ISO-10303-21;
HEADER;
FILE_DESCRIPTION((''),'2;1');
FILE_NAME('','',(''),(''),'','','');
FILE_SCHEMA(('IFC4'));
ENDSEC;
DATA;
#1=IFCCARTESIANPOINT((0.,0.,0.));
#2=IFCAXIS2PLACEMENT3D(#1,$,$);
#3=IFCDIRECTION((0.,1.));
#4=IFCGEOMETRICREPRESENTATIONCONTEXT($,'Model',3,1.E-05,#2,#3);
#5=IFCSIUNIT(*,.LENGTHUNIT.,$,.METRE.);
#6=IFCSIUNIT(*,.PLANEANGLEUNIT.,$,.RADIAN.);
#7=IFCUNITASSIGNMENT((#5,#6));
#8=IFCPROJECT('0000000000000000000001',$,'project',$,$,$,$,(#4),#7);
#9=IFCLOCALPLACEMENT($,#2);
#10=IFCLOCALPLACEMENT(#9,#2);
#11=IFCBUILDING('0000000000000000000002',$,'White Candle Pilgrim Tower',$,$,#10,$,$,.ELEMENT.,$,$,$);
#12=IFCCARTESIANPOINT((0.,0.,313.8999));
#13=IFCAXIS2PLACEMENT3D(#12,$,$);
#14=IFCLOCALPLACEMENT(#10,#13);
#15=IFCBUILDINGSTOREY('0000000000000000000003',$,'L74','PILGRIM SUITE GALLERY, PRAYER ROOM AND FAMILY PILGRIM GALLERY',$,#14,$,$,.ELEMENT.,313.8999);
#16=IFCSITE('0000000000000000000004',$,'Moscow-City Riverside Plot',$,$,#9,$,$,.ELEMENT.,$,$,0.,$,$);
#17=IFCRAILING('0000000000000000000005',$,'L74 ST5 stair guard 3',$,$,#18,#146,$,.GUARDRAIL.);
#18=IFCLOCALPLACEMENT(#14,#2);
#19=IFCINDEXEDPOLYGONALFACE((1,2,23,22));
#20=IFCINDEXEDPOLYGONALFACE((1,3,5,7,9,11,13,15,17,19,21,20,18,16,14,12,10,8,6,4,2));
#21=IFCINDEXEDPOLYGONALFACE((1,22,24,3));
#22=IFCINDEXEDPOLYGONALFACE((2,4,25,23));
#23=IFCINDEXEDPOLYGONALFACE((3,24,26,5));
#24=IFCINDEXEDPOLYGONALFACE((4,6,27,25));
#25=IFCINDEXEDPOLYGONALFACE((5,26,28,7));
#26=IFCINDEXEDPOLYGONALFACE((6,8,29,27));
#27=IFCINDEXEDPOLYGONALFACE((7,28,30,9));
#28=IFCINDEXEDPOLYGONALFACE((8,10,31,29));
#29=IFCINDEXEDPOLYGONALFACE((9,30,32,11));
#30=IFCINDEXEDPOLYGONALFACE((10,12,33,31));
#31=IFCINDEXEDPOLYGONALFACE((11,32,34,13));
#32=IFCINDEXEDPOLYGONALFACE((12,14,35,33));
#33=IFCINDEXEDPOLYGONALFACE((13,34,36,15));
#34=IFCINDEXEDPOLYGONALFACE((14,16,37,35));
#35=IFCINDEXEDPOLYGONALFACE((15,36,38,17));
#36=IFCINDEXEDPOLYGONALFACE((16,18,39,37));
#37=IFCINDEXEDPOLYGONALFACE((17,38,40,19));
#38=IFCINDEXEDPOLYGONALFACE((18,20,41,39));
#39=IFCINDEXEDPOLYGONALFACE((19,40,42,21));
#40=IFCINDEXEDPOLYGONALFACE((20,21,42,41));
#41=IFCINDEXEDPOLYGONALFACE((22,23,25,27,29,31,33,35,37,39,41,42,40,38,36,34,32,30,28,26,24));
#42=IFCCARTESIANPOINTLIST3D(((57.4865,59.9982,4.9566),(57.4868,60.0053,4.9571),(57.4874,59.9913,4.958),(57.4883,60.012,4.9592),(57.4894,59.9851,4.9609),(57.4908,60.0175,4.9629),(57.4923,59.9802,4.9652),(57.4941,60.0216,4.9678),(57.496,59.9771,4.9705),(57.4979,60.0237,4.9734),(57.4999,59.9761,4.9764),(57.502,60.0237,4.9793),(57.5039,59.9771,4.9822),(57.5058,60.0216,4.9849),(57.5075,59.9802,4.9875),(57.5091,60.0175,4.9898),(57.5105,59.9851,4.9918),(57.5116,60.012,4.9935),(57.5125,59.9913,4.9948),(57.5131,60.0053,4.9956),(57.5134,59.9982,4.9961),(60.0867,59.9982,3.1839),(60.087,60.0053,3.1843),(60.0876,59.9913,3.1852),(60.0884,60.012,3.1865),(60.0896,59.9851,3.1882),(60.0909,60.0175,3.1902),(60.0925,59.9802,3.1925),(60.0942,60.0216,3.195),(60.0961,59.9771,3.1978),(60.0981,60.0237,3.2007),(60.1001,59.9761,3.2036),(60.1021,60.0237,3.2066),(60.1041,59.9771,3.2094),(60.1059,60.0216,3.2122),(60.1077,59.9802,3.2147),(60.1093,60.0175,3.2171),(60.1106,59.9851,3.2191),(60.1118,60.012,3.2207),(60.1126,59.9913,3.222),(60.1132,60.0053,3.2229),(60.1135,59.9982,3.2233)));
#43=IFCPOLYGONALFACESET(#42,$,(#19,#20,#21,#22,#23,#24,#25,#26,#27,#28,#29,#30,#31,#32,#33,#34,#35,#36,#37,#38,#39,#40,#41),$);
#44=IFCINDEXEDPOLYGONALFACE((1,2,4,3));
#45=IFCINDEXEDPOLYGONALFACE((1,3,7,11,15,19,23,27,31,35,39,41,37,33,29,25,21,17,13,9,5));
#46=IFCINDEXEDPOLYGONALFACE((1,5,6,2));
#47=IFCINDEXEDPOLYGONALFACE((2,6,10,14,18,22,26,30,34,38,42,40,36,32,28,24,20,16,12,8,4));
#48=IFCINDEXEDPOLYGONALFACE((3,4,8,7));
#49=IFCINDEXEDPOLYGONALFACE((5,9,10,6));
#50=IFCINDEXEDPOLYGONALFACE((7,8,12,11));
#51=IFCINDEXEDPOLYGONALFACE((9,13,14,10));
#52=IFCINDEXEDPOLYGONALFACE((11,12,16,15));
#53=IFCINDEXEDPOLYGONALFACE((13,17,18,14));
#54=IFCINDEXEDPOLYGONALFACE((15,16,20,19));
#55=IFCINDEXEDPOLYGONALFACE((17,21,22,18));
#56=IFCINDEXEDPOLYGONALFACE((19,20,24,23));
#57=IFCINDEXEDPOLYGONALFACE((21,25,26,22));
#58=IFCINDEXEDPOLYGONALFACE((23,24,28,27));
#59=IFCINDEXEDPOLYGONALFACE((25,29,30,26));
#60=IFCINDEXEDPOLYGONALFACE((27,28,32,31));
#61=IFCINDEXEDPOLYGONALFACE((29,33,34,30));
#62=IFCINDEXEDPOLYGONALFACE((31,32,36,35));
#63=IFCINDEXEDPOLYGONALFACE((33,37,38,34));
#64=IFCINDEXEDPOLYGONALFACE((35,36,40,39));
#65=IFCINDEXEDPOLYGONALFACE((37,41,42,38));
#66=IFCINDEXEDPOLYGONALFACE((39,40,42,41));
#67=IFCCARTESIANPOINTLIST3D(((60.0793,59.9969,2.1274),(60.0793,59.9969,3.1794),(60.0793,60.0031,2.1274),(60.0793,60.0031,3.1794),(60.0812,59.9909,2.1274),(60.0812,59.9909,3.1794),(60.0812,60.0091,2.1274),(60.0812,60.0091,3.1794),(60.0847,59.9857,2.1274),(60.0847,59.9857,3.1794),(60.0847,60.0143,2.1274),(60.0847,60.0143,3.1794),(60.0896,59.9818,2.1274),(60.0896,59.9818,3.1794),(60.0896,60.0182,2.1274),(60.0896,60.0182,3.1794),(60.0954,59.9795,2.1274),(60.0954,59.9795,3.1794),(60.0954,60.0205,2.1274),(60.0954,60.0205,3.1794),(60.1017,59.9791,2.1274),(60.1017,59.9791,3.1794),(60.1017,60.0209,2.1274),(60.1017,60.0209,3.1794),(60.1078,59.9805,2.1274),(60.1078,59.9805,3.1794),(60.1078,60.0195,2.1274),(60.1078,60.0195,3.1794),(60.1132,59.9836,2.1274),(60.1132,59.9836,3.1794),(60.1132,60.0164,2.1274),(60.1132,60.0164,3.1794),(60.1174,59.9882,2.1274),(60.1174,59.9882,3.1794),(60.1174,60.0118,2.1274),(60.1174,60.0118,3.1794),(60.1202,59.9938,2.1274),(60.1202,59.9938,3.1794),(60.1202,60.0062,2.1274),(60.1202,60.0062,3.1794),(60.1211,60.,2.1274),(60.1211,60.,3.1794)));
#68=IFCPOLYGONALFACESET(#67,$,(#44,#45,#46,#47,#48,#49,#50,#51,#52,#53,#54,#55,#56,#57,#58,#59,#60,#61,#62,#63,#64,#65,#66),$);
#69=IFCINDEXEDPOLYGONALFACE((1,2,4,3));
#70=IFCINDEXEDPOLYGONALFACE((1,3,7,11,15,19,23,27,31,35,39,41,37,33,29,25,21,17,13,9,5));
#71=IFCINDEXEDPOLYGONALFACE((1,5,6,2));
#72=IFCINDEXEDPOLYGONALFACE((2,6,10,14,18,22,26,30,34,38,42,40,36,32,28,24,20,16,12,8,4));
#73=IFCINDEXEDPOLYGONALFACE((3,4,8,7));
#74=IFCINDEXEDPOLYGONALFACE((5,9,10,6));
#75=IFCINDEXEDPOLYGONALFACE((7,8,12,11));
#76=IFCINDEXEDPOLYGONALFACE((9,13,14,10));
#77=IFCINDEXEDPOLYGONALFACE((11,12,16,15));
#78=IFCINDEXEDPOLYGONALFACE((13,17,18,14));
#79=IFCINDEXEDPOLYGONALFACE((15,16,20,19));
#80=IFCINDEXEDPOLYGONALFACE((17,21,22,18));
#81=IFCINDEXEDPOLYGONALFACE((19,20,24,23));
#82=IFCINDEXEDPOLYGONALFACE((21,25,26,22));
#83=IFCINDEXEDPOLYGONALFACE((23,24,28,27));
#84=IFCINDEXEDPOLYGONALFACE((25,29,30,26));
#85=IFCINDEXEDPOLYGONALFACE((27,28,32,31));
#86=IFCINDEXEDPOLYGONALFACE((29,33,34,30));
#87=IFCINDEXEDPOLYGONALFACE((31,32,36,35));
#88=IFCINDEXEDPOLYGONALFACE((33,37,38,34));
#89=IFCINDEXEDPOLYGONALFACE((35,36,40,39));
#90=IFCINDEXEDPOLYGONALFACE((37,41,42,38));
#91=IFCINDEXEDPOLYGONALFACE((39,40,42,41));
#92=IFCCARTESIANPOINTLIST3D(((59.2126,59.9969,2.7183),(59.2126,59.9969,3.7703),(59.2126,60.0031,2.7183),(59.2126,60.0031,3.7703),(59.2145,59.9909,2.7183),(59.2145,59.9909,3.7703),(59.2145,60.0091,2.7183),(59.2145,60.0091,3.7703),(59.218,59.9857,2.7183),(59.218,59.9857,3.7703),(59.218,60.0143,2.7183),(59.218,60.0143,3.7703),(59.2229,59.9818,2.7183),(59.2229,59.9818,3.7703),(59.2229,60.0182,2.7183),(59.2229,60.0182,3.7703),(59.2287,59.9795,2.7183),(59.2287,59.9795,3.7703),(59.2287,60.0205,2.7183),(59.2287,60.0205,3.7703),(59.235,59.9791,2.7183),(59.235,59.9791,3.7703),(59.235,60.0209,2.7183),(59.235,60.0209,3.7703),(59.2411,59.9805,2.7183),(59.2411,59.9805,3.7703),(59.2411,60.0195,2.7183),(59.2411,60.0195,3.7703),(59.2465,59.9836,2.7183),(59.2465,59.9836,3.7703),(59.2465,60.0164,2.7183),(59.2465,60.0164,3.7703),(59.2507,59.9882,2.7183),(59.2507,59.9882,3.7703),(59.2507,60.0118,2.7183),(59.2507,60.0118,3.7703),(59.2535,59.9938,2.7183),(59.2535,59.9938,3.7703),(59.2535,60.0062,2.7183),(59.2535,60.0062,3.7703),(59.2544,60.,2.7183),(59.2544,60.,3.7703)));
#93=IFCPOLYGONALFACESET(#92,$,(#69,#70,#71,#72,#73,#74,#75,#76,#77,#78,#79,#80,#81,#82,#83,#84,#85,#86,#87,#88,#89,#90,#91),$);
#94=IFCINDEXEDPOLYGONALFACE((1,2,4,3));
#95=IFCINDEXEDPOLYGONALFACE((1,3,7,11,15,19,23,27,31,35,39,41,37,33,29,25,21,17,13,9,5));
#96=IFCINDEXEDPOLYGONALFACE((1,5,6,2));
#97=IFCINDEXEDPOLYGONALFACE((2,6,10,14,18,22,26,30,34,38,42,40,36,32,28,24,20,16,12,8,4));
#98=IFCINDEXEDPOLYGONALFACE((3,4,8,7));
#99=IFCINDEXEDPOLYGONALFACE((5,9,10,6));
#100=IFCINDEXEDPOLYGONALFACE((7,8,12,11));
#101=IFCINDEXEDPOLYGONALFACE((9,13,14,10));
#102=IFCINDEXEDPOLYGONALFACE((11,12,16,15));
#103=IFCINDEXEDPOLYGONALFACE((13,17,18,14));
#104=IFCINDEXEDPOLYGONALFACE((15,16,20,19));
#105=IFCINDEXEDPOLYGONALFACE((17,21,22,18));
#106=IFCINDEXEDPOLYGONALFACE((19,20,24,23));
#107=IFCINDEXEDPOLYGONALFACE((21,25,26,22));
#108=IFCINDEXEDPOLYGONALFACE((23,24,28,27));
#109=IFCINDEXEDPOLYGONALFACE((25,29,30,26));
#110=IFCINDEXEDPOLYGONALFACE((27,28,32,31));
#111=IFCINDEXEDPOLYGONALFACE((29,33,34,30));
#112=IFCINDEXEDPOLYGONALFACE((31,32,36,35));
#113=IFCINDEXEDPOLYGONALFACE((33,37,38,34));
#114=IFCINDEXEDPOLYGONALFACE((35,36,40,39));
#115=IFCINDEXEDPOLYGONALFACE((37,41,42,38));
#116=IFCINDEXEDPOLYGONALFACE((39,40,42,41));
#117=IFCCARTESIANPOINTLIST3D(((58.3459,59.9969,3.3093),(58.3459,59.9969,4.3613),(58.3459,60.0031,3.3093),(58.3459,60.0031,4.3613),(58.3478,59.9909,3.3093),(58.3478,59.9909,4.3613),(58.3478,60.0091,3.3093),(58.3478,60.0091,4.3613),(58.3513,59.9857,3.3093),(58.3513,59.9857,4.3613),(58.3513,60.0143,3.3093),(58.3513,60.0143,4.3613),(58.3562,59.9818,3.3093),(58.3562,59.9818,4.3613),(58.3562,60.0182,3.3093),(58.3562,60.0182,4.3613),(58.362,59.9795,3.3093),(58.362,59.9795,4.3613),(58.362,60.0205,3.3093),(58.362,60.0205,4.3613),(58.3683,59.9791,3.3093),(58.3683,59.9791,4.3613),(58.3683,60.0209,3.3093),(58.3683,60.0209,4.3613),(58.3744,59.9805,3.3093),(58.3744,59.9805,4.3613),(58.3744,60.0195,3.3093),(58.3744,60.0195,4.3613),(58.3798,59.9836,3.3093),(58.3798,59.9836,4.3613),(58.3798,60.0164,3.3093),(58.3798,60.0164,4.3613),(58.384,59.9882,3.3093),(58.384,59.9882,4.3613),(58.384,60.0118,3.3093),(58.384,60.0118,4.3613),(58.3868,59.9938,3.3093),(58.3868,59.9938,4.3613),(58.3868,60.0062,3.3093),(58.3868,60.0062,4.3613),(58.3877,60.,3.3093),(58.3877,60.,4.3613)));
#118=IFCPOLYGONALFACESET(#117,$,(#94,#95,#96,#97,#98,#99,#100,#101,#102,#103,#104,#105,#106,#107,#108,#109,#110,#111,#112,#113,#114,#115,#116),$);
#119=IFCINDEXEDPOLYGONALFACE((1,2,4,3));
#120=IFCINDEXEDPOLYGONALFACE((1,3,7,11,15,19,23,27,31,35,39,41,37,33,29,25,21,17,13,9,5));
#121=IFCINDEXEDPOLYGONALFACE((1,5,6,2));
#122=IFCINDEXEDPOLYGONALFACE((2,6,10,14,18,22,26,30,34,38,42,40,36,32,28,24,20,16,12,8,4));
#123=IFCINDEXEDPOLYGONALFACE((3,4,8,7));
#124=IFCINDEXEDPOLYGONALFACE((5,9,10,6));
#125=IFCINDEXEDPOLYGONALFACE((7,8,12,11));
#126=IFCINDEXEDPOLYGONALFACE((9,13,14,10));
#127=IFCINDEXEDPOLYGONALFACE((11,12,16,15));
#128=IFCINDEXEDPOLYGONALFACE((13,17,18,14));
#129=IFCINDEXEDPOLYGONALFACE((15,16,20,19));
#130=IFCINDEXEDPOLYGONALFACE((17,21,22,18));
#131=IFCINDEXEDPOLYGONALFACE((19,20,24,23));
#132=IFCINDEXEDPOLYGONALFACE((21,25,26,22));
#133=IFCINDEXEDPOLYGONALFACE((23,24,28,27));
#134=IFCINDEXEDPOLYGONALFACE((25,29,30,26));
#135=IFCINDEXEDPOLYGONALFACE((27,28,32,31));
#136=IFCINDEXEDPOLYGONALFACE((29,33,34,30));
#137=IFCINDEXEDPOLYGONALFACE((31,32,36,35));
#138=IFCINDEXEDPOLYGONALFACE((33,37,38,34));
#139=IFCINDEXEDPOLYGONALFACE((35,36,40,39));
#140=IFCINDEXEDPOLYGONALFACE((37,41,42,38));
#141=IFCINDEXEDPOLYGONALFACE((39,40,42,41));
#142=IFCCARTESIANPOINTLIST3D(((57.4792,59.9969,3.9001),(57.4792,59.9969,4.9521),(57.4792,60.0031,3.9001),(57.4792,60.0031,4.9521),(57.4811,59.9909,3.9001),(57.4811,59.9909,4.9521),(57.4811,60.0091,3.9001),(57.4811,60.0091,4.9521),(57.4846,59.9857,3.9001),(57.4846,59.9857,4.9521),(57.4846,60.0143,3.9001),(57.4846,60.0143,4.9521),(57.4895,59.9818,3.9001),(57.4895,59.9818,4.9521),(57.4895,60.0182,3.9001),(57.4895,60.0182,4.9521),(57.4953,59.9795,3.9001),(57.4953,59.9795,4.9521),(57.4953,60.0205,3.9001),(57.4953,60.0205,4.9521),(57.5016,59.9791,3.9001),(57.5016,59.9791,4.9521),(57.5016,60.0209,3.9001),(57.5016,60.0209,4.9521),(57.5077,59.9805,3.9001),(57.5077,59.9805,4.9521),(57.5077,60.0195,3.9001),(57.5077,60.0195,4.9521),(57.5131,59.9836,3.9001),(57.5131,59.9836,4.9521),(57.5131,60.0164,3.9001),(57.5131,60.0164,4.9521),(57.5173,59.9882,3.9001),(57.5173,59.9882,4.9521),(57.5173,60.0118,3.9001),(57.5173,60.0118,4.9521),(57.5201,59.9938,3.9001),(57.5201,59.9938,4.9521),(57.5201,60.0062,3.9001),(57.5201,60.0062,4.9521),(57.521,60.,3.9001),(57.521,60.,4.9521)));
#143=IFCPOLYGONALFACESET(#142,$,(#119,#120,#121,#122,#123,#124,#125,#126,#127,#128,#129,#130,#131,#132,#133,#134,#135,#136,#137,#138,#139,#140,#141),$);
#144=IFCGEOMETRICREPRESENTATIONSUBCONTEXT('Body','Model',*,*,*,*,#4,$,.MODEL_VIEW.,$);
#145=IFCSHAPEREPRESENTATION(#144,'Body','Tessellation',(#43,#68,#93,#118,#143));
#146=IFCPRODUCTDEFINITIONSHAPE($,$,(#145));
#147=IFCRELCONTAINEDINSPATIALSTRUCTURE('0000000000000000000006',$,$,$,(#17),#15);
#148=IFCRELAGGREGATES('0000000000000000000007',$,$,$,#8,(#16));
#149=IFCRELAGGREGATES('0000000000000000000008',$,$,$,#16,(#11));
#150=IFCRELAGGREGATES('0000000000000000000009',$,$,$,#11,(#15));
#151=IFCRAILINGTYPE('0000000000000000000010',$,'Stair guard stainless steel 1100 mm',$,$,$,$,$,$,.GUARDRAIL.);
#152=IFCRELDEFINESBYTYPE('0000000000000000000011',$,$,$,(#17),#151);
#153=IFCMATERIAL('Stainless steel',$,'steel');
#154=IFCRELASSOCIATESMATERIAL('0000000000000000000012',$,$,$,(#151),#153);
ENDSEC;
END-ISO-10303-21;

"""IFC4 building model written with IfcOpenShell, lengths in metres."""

from ifc_helpers import new_model, si_unit, direction, frame, origin, origin_2d, place, context, subcontext, project, spatial, circle, extrude, material, type_object, element, save


model = new_model("IFC4")

# Units and contexts
model_context = context("Model", 3, precision=1e-05, world=origin(), true_north=direction((0.0, 1.0)))
body_context = subcontext(model_context, "Body", "Model", "MODEL_VIEW")
ifc_project = project(units=[si_unit("LENGTHUNIT", "METRE"), si_unit("PLANEANGLEUNIT", "RADIAN")], contexts=[model_context])

# Site, building, storey
site_placement = place(None, origin())
site = spatial("IfcSite", under=ifc_project, at=site_placement, Name="Moscow-City Riverside Plot", CompositionType="ELEMENT", RefElevation=0.0)
building_placement = place(site_placement, origin())
building = spatial("IfcBuilding", under=site, at=building_placement, Name="White Candle Pilgrim Tower", CompositionType="ELEMENT")
storey_placement = place(building_placement, frame((0.0, 0.0, 313.8999)))
storey = spatial("IfcBuildingStorey", under=building, at=storey_placement, Name="L74", Description="PILGRIM SUITE GALLERY, PRAYER ROOM AND FAMILY PILGRIM GALLERY", CompositionType="ELEMENT", Elevation=313.8999)

# Railing
ifc_material_1 = material(Name="Stainless steel", Category="steel")
railing_type_1 = type_object("IfcRailingType", Name="Stair guard stainless steel 1100 mm", PredefinedType="GUARDRAIL", material=ifc_material_1)
railing_1_placement = place(storey_placement, frame((60.1001, 60.0, 2.1274)))
element("IfcRailing", 1, at=railing_1_placement, inside=storey, type_object=railing_type_1, Name="L74 ST5 stair guard 3", PredefinedType="GUARDRAIL", context=body_context, shape_type="SweptSolid", body=[
    extrude(circle(Radius=0.0239, at=origin_2d()), frame((0.0, 0.0, 1.0762), z_axis=(-0.82624, 0.0, 0.563318), x_axis=(0.0, -1.0, 0.0)), (0.0, 0.0, 1.0), 3.147),
    extrude(circle(Radius=0.021, at=origin_2d()), origin(), (0.0, 0.0, 1.0), 1.052),
    extrude(circle(Radius=0.021, at=origin_2d()), frame((-0.8667, 0.0, 0.5908)), (0.0, 0.0, 1.0), 1.052),
    extrude(circle(Radius=0.021, at=origin_2d()), frame((-1.7334, 0.0, 1.1819)), (0.0, 0.0, 1.0), 1.052),
    extrude(circle(Radius=0.021, at=origin_2d()), frame((-2.6001, 0.0, 1.7727)), (0.0, 0.0, 1.0), 1.052),
])

save(model, "model.ifc")
